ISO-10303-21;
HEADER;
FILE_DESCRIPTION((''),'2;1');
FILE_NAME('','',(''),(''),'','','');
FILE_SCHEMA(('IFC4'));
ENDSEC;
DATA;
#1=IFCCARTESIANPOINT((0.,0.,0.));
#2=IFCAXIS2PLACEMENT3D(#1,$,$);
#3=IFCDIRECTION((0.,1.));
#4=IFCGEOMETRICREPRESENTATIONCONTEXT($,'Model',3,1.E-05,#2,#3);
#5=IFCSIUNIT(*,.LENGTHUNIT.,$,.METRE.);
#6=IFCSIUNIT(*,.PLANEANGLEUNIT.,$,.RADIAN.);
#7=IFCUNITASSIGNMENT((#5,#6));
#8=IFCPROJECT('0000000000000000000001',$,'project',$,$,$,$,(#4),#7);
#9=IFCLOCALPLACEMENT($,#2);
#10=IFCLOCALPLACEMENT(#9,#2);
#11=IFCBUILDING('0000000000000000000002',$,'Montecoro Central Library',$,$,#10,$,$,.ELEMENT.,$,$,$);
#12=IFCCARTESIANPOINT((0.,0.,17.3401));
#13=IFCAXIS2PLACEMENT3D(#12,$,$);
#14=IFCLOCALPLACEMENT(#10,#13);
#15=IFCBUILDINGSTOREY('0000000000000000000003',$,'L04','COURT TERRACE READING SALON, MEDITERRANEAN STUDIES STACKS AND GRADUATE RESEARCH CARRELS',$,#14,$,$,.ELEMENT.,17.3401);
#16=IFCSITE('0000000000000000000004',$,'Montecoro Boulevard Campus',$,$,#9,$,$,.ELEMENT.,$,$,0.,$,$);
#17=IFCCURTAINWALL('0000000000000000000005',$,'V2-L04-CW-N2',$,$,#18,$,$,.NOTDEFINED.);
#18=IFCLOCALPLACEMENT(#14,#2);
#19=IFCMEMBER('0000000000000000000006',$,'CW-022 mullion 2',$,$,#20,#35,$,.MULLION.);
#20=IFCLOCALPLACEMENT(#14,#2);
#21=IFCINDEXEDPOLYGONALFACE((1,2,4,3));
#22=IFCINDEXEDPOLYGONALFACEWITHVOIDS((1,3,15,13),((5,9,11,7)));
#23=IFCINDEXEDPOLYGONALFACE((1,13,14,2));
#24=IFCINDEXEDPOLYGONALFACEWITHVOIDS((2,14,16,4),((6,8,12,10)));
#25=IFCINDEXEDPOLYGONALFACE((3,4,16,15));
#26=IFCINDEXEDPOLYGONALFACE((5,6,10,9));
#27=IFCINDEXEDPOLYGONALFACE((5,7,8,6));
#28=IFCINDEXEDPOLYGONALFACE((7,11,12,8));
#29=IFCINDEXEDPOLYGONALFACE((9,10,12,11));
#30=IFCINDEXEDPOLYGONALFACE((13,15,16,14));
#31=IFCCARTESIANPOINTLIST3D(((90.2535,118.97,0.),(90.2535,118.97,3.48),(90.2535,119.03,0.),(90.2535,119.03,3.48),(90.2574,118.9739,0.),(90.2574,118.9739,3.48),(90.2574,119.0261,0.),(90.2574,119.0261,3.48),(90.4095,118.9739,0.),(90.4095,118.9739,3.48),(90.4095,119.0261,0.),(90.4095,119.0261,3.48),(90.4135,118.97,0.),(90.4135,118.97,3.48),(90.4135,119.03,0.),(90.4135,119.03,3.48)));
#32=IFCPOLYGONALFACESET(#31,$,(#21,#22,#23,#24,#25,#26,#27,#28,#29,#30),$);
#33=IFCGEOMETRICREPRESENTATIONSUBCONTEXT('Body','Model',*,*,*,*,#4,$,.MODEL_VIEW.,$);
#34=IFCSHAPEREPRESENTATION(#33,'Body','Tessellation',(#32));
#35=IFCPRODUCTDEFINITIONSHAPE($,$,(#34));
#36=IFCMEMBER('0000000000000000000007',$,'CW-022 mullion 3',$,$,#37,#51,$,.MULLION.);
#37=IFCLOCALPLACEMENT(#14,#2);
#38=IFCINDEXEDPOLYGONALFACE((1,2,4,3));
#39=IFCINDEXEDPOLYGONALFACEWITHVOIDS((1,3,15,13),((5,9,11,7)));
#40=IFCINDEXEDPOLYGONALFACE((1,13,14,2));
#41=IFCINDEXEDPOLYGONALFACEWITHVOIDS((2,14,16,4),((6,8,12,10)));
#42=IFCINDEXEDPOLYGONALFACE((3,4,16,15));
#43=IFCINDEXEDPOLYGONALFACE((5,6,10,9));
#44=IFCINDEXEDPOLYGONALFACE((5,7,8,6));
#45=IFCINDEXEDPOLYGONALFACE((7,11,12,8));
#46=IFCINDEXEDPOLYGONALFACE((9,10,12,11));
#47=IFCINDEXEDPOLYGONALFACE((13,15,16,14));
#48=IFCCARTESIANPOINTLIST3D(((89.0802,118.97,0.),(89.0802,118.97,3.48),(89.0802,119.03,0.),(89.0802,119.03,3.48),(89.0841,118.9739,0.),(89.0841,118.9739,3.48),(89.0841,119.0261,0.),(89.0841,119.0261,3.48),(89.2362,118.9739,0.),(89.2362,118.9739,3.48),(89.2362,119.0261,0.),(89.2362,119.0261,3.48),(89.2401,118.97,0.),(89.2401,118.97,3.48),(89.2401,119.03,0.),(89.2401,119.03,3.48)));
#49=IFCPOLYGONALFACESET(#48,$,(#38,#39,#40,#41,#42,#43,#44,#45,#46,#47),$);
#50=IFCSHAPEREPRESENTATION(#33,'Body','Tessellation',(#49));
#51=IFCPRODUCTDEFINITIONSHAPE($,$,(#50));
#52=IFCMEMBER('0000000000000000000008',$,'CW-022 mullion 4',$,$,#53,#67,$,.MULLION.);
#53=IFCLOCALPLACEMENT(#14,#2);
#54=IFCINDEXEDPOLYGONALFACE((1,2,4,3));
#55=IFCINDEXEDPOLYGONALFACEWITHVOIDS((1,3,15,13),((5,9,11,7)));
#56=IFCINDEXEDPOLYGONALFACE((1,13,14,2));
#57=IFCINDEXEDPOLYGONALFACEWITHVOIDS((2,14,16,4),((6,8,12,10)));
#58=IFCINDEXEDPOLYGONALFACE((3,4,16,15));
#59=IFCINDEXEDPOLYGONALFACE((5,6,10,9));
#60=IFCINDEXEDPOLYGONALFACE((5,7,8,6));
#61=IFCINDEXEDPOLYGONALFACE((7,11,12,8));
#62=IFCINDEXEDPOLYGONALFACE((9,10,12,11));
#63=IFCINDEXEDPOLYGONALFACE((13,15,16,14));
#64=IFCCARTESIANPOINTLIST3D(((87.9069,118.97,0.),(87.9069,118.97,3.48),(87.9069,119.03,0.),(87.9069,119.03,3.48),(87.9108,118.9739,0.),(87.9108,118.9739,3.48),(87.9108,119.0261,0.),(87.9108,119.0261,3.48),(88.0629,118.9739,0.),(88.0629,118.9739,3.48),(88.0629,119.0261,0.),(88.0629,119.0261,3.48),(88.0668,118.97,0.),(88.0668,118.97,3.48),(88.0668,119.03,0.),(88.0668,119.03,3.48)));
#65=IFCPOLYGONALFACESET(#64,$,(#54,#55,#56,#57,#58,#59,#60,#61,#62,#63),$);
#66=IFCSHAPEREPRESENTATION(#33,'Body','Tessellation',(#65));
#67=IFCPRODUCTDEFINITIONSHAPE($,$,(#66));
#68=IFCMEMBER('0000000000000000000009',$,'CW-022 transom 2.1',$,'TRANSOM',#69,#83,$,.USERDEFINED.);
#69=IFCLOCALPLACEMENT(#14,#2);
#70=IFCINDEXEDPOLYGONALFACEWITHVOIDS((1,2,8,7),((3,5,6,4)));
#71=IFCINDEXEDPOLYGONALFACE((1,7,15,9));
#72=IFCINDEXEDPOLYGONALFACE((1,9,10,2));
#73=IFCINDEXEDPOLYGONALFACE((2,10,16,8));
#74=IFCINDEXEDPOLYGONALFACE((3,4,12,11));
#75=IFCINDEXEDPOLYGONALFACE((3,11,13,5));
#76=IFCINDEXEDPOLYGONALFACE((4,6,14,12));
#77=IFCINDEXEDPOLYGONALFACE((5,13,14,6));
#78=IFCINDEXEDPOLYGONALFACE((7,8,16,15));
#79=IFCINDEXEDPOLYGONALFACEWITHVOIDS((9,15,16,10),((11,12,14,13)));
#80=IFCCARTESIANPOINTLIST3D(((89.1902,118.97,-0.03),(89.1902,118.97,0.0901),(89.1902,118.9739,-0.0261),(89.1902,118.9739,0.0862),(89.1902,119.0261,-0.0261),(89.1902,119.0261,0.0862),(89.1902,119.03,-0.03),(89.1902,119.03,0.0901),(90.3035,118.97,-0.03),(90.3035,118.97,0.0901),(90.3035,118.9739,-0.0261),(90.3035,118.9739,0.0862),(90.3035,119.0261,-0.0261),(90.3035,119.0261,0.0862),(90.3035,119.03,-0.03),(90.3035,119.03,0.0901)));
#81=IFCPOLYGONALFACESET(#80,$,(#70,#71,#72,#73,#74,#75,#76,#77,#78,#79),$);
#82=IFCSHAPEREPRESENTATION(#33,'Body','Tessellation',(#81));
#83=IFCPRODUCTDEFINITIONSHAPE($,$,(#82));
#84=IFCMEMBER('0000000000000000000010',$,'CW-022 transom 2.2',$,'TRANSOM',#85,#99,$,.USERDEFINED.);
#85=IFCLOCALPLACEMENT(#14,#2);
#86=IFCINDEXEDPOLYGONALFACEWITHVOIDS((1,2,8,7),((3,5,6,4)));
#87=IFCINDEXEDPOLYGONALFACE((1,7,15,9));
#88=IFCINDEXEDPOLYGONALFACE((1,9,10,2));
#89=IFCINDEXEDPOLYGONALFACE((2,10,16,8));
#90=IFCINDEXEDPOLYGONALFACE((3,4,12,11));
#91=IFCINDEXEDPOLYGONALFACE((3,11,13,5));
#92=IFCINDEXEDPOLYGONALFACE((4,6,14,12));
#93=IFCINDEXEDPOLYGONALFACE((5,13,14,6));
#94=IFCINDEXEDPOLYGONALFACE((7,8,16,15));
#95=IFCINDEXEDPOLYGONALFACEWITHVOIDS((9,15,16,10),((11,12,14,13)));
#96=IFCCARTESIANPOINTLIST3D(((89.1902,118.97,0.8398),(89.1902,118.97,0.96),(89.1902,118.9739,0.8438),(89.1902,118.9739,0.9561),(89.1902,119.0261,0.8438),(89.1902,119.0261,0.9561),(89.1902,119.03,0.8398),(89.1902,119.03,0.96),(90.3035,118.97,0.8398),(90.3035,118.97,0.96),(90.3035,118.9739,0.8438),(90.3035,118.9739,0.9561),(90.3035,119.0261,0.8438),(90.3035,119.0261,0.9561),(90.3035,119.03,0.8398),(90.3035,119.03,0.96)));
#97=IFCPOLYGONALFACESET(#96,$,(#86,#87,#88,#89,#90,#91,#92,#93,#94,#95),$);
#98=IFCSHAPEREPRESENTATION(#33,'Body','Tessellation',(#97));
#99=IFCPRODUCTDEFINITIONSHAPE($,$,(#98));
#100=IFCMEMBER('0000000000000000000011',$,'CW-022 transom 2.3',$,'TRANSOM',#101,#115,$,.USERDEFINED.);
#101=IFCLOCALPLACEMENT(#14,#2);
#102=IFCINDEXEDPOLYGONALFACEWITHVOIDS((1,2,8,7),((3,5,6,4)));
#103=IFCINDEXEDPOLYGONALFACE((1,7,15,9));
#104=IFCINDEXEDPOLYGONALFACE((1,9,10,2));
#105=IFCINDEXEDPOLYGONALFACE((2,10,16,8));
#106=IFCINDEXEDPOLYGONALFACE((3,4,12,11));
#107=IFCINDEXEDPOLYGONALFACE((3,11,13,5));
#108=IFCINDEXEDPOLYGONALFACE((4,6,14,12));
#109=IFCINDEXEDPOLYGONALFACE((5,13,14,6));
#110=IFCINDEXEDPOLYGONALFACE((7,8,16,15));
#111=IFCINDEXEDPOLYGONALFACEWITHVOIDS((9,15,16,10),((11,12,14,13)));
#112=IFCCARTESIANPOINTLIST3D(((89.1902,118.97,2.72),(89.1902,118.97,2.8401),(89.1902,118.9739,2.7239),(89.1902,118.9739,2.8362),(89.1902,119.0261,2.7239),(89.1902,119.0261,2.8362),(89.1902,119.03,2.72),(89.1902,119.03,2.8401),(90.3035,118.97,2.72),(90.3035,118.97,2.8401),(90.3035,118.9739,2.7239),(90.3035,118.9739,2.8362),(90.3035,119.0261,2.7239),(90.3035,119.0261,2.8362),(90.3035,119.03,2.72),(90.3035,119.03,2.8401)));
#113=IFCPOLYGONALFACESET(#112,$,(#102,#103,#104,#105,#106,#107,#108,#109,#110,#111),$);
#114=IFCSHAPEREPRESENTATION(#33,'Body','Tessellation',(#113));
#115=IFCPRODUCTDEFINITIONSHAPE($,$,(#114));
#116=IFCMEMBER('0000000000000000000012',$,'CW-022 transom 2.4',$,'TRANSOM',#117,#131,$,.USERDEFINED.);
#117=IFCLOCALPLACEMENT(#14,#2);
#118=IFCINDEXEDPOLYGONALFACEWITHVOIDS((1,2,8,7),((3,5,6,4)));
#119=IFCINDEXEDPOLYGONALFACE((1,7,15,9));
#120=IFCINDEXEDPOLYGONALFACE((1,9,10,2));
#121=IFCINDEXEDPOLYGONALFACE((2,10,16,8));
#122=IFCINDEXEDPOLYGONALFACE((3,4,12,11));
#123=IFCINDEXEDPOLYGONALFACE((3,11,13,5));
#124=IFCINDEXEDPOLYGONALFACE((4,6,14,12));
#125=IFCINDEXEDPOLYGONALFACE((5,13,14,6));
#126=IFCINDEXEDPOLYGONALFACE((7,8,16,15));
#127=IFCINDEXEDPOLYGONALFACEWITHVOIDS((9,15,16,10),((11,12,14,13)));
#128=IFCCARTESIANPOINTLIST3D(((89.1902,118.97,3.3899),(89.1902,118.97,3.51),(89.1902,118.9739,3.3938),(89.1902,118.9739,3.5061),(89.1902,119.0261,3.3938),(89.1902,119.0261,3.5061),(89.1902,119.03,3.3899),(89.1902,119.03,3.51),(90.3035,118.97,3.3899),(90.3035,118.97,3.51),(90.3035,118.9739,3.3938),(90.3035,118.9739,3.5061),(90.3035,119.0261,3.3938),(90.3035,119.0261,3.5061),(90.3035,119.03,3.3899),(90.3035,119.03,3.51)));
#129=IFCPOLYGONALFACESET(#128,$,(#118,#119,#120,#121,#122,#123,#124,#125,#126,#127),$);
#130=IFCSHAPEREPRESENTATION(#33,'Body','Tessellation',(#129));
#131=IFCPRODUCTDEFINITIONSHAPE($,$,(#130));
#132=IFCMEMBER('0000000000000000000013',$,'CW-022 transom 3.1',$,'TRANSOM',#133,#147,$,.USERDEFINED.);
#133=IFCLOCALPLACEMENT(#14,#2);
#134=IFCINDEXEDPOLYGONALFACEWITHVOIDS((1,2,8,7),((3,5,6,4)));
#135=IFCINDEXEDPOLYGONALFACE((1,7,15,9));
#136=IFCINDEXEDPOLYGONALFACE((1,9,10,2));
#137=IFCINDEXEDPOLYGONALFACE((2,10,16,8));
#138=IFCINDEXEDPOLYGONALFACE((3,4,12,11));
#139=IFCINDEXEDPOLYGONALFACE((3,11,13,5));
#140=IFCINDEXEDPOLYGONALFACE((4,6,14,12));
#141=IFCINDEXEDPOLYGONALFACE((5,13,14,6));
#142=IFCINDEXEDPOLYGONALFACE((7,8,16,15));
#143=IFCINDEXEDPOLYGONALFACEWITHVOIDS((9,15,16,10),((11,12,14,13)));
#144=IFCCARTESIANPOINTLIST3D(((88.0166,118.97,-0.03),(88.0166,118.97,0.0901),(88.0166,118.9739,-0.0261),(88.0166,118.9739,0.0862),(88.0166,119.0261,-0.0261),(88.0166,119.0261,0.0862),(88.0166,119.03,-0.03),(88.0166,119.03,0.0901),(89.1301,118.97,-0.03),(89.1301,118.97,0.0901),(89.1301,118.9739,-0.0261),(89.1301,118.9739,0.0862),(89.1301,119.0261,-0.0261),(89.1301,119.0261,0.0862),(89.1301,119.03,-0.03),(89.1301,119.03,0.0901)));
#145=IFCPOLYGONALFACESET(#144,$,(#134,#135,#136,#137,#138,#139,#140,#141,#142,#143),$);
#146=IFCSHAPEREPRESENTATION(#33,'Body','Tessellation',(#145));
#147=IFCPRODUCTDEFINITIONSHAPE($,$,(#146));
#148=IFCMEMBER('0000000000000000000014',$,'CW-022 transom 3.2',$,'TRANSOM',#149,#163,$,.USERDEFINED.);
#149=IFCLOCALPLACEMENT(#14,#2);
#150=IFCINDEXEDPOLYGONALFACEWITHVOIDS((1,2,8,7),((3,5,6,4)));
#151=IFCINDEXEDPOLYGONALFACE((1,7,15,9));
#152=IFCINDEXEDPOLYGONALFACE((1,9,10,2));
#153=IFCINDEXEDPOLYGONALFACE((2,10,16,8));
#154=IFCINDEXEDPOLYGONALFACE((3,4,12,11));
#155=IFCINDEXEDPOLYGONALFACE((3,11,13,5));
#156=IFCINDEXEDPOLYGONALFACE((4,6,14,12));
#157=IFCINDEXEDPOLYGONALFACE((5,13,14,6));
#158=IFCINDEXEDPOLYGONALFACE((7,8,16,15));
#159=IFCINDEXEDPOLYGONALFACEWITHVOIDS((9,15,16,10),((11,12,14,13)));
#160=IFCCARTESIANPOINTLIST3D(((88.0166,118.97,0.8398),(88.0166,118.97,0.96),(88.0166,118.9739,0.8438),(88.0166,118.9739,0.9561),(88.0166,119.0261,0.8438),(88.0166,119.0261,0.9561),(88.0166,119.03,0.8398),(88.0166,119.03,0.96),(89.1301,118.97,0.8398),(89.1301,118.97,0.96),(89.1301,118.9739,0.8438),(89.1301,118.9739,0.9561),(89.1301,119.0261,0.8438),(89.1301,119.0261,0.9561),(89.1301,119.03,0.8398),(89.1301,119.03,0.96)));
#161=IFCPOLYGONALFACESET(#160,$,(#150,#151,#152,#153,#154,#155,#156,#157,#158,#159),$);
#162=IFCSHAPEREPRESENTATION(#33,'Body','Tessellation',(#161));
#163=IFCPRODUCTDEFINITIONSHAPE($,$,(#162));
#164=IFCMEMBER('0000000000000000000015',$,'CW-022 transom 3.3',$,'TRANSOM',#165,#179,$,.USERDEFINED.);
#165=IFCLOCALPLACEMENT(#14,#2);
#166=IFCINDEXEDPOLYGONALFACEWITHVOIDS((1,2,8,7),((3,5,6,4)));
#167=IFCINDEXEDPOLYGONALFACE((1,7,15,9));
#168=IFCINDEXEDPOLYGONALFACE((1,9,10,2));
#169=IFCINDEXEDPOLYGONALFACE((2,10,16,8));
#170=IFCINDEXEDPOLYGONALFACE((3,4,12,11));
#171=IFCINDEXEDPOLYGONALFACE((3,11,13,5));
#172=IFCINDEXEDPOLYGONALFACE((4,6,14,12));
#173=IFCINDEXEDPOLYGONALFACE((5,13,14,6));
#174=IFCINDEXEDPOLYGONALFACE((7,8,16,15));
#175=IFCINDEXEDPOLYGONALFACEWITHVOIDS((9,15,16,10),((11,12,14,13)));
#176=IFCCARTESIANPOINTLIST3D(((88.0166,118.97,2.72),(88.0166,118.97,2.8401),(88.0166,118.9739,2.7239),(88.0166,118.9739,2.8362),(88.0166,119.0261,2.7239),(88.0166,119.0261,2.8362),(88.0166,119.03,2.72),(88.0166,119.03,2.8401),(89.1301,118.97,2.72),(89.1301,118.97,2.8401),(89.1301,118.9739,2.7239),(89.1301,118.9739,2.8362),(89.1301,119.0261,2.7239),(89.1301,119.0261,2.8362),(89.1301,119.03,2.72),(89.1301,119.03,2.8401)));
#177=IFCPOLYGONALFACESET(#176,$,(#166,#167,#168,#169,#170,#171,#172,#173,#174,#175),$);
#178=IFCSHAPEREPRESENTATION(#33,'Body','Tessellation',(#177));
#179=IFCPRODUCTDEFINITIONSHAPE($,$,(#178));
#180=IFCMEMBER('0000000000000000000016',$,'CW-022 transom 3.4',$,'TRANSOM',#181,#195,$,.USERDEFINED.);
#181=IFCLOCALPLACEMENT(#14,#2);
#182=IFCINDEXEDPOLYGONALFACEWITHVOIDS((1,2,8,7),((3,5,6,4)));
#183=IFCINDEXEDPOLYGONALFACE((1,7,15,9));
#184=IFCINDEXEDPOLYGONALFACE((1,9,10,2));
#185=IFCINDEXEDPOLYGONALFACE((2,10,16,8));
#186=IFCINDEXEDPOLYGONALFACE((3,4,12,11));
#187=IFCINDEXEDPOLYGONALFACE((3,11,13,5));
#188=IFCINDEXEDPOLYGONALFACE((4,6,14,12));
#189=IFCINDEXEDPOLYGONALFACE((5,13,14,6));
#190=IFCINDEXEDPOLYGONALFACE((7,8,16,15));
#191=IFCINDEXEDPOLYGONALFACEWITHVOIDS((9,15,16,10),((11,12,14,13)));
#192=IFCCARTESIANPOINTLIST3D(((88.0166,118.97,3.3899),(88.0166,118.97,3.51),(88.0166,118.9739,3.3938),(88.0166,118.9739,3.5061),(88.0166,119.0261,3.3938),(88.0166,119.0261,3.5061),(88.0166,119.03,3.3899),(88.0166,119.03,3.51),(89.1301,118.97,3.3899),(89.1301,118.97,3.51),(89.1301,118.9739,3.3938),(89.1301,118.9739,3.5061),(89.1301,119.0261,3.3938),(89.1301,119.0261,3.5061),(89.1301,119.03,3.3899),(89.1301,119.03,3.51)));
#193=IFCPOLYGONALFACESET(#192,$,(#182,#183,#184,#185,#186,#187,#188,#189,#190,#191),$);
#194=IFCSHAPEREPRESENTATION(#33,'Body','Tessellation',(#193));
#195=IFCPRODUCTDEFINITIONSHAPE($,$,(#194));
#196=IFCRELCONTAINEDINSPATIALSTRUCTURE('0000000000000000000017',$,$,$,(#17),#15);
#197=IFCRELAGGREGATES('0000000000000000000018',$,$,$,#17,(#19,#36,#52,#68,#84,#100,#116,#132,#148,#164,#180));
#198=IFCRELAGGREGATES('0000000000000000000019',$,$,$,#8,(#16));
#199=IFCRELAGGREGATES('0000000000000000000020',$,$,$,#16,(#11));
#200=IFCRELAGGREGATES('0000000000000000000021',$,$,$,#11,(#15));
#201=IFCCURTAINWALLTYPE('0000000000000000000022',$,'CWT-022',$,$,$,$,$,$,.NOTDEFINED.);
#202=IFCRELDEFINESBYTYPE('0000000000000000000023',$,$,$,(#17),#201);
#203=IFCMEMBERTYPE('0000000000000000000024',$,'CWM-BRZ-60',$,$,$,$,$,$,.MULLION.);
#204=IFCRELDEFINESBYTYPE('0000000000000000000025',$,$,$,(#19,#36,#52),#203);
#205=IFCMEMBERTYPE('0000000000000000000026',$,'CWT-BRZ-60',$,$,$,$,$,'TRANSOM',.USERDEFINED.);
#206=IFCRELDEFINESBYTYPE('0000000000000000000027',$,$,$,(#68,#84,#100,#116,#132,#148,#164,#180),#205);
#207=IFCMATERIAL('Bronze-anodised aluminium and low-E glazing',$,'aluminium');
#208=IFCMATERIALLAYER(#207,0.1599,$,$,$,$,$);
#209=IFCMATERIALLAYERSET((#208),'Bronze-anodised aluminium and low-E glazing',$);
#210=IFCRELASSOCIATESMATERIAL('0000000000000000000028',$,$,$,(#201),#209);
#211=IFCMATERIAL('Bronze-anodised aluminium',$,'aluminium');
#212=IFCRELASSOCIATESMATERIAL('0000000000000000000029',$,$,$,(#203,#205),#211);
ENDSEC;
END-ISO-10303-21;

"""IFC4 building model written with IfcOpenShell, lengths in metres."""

from ifc_helpers import new_model, si_unit, direction, frame, origin, origin_2d, place, context, subcontext, project, spatial, hollow_rectangle, extrude, material, layer, layer_set, material_profile, profile_set, type_object, element, aggregate, save


model = new_model("IFC4")

# Units and contexts
model_context = context("Model", 3, precision=1e-05, world=origin(), true_north=direction((0.0, 1.0)))
body_context = subcontext(model_context, "Body", "Model", "MODEL_VIEW")
ifc_project = project(units=[si_unit("LENGTHUNIT", "METRE"), si_unit("PLANEANGLEUNIT", "RADIAN")], contexts=[model_context])

# Site, building, storey
site_placement = place(None, origin())
site = spatial("IfcSite", under=ifc_project, at=site_placement, Name="Montecoro Boulevard Campus", CompositionType="ELEMENT", RefElevation=0.0)
building_placement = place(site_placement, origin())
building = spatial("IfcBuilding", under=site, at=building_placement, Name="Montecoro Central Library", CompositionType="ELEMENT")
storey_placement = place(building_placement, frame((0.0, 0.0, 17.3401)))
storey = spatial("IfcBuildingStorey", under=building, at=storey_placement, Name="L04", Description="COURT TERRACE READING SALON, MEDITERRANEAN STUDIES STACKS AND GRADUATE RESEARCH CARRELS", CompositionType="ELEMENT", Elevation=17.3401)

# Curtain wall, members
ifc_material_1 = material(Name="Bronze-anodised aluminium and low-E glazing", Category="aluminium")
ifc_layer_1 = layer(ifc_material_1, 0.1599)
ifc_layer_set_1 = layer_set([ifc_layer_1], Name="Bronze-anodised aluminium and low-E glazing")
curtain_wall_type = type_object("IfcCurtainWallType", Name="CWT-022", PredefinedType="NOTDEFINED", material=ifc_layer_set_1)
curtain_wall_placement = place(storey_placement, origin())
curtain_wall = element("IfcCurtainWall", 1, at=curtain_wall_placement, inside=storey, type_object=curtain_wall_type, Name="V2-L04-CW-N2", PredefinedType="NOTDEFINED")
ifc_material_2 = material(Name="Bronze-anodised aluminium", Category="aluminium")
ifc_material_profile_1 = material_profile(ifc_material_2, hollow_rectangle(XDim=0.0601, YDim=0.1599, WallThickness=0.0039, at=origin_2d()), Name="CWM 160x60x4.0")
ifc_profile_set_1 = profile_set([ifc_material_profile_1], Name="Bronze-anodised aluminium")
member_type_1 = type_object("IfcMemberType", Name="CWM-BRZ-60", PredefinedType="MULLION", material=ifc_profile_set_1)
member_1_placement = place(storey_placement, frame((90.3335, 119.0, 0.0), z_axis=(0.0, 0.0, 1.0), x_axis=(0.0, -1.0, 0.0)))
member_1 = element("IfcMember", 2, at=member_1_placement, type_object=member_type_1, Name="CW-022 mullion 2", PredefinedType="MULLION", context=body_context, shape_type="SweptSolid", body=[
    extrude(hollow_rectangle(XDim=0.0601, YDim=0.1599, WallThickness=0.0039, at=origin_2d()), origin(), (0.0, 0.0, 1.0), 3.48),
])
member_2_placement = place(storey_placement, frame((89.1602, 119.0, 0.0), z_axis=(0.0, 0.0, 1.0), x_axis=(0.0, -1.0, 0.0)))
member_2 = element("IfcMember", 3, at=member_2_placement, type_object=member_type_1, Name="CW-022 mullion 3", PredefinedType="MULLION", context=body_context, shape_type="SweptSolid", body=[
    extrude(hollow_rectangle(XDim=0.0601, YDim=0.1599, WallThickness=0.0039, at=origin_2d()), origin(), (0.0, 0.0, 1.0), 3.48),
])
member_3_placement = place(storey_placement, frame((87.9868, 119.0, 0.0), z_axis=(0.0, 0.0, 1.0), x_axis=(0.0, -1.0, 0.0)))
member_3 = element("IfcMember", 4, at=member_3_placement, type_object=member_type_1, Name="CW-022 mullion 4", PredefinedType="MULLION", context=body_context, shape_type="SweptSolid", body=[
    extrude(hollow_rectangle(XDim=0.0601, YDim=0.1599, WallThickness=0.0039, at=origin_2d()), origin(), (0.0, 0.0, 1.0), 3.48),
])
ifc_material_profile_2 = material_profile(ifc_material_2, hollow_rectangle(XDim=0.0601, YDim=0.1201, WallThickness=0.0039, at=origin_2d()), Name="CWT 120x60x4.0")
ifc_profile_set_2 = profile_set([ifc_material_profile_2], Name="Bronze-anodised aluminium")
member_type_2 = type_object("IfcMemberType", Name="CWT-BRZ-60", ElementType="TRANSOM", PredefinedType="USERDEFINED", material=ifc_profile_set_2)
member_4_placement = place(storey_placement, frame((90.3035, 119.0, 0.03), z_axis=(-1.0, 0.0, 0.0), x_axis=(0.0, -1.0, 0.0)))
member_4 = element("IfcMember", 5, at=member_4_placement, type_object=member_type_2, Name="CW-022 transom 2.1", ObjectType="TRANSOM", PredefinedType="USERDEFINED", context=body_context, shape_type="SweptSolid", body=[
    extrude(hollow_rectangle(XDim=0.0601, YDim=0.1201, WallThickness=0.0039, at=origin_2d()), origin(), (0.0, 0.0, 1.0), 1.1133),
])
member_5_placement = place(storey_placement, frame((90.3035, 119.0, 0.8999), z_axis=(-1.0, 0.0, 0.0), x_axis=(0.0, -1.0, 0.0)))
member_5 = element("IfcMember", 6, at=member_5_placement, type_object=member_type_2, Name="CW-022 transom 2.2", ObjectType="TRANSOM", PredefinedType="USERDEFINED", context=body_context, shape_type="SweptSolid", body=[
    extrude(hollow_rectangle(XDim=0.0601, YDim=0.1201, WallThickness=0.0039, at=origin_2d()), origin(), (0.0, 0.0, 1.0), 1.1133),
])
member_6_placement = place(storey_placement, frame((90.3035, 119.0, 2.78), z_axis=(-1.0, 0.0, 0.0), x_axis=(0.0, -1.0, 0.0)))
member_6 = element("IfcMember", 7, at=member_6_placement, type_object=member_type_2, Name="CW-022 transom 2.3", ObjectType="TRANSOM", PredefinedType="USERDEFINED", context=body_context, shape_type="SweptSolid", body=[
    extrude(hollow_rectangle(XDim=0.0601, YDim=0.1201, WallThickness=0.0039, at=origin_2d()), origin(), (0.0, 0.0, 1.0), 1.1133),
])
member_7_placement = place(storey_placement, frame((90.3035, 119.0, 3.45), z_axis=(-1.0, 0.0, 0.0), x_axis=(0.0, -1.0, 0.0)))
member_7 = element("IfcMember", 8, at=member_7_placement, type_object=member_type_2, Name="CW-022 transom 2.4", ObjectType="TRANSOM", PredefinedType="USERDEFINED", context=body_context, shape_type="SweptSolid", body=[
    extrude(hollow_rectangle(XDim=0.0601, YDim=0.1201, WallThickness=0.0039, at=origin_2d()), origin(), (0.0, 0.0, 1.0), 1.1133),
])
member_8_placement = place(storey_placement, frame((89.1301, 119.0, 0.03), z_axis=(-1.0, 0.0, 0.0), x_axis=(0.0, -1.0, 0.0)))
member_8 = element("IfcMember", 9, at=member_8_placement, type_object=member_type_2, Name="CW-022 transom 3.1", ObjectType="TRANSOM", PredefinedType="USERDEFINED", context=body_context, shape_type="SweptSolid", body=[
    extrude(hollow_rectangle(XDim=0.0601, YDim=0.1201, WallThickness=0.0039, at=origin_2d()), origin(), (0.0, 0.0, 1.0), 1.1135),
])
member_9_placement = place(storey_placement, frame((89.1301, 119.0, 0.8999), z_axis=(-1.0, 0.0, 0.0), x_axis=(0.0, -1.0, 0.0)))
member_9 = element("IfcMember", 10, at=member_9_placement, type_object=member_type_2, Name="CW-022 transom 3.2", ObjectType="TRANSOM", PredefinedType="USERDEFINED", context=body_context, shape_type="SweptSolid", body=[
    extrude(hollow_rectangle(XDim=0.0601, YDim=0.1201, WallThickness=0.0039, at=origin_2d()), origin(), (0.0, 0.0, 1.0), 1.1135),
])
member_10_placement = place(storey_placement, frame((89.1301, 119.0, 2.78), z_axis=(-1.0, 0.0, 0.0), x_axis=(0.0, -1.0, 0.0)))
member_10 = element("IfcMember", 11, at=member_10_placement, type_object=member_type_2, Name="CW-022 transom 3.3", ObjectType="TRANSOM", PredefinedType="USERDEFINED", context=body_context, shape_type="SweptSolid", body=[
    extrude(hollow_rectangle(XDim=0.0601, YDim=0.1201, WallThickness=0.0039, at=origin_2d()), origin(), (0.0, 0.0, 1.0), 1.1135),
])
member_11_placement = place(storey_placement, frame((89.1301, 119.0, 3.45), z_axis=(-1.0, 0.0, 0.0), x_axis=(0.0, -1.0, 0.0)))
member_11 = element("IfcMember", 12, at=member_11_placement, type_object=member_type_2, Name="CW-022 transom 3.4", ObjectType="TRANSOM", PredefinedType="USERDEFINED", context=body_context, shape_type="SweptSolid", body=[
    extrude(hollow_rectangle(XDim=0.0601, YDim=0.1201, WallThickness=0.0039, at=origin_2d()), origin(), (0.0, 0.0, 1.0), 1.1135),
])
aggregate(curtain_wall, [member_1, member_2, member_3, member_4, member_5, member_6, member_7, member_8, member_9, member_10, member_11])

save(model, "model.ifc")
